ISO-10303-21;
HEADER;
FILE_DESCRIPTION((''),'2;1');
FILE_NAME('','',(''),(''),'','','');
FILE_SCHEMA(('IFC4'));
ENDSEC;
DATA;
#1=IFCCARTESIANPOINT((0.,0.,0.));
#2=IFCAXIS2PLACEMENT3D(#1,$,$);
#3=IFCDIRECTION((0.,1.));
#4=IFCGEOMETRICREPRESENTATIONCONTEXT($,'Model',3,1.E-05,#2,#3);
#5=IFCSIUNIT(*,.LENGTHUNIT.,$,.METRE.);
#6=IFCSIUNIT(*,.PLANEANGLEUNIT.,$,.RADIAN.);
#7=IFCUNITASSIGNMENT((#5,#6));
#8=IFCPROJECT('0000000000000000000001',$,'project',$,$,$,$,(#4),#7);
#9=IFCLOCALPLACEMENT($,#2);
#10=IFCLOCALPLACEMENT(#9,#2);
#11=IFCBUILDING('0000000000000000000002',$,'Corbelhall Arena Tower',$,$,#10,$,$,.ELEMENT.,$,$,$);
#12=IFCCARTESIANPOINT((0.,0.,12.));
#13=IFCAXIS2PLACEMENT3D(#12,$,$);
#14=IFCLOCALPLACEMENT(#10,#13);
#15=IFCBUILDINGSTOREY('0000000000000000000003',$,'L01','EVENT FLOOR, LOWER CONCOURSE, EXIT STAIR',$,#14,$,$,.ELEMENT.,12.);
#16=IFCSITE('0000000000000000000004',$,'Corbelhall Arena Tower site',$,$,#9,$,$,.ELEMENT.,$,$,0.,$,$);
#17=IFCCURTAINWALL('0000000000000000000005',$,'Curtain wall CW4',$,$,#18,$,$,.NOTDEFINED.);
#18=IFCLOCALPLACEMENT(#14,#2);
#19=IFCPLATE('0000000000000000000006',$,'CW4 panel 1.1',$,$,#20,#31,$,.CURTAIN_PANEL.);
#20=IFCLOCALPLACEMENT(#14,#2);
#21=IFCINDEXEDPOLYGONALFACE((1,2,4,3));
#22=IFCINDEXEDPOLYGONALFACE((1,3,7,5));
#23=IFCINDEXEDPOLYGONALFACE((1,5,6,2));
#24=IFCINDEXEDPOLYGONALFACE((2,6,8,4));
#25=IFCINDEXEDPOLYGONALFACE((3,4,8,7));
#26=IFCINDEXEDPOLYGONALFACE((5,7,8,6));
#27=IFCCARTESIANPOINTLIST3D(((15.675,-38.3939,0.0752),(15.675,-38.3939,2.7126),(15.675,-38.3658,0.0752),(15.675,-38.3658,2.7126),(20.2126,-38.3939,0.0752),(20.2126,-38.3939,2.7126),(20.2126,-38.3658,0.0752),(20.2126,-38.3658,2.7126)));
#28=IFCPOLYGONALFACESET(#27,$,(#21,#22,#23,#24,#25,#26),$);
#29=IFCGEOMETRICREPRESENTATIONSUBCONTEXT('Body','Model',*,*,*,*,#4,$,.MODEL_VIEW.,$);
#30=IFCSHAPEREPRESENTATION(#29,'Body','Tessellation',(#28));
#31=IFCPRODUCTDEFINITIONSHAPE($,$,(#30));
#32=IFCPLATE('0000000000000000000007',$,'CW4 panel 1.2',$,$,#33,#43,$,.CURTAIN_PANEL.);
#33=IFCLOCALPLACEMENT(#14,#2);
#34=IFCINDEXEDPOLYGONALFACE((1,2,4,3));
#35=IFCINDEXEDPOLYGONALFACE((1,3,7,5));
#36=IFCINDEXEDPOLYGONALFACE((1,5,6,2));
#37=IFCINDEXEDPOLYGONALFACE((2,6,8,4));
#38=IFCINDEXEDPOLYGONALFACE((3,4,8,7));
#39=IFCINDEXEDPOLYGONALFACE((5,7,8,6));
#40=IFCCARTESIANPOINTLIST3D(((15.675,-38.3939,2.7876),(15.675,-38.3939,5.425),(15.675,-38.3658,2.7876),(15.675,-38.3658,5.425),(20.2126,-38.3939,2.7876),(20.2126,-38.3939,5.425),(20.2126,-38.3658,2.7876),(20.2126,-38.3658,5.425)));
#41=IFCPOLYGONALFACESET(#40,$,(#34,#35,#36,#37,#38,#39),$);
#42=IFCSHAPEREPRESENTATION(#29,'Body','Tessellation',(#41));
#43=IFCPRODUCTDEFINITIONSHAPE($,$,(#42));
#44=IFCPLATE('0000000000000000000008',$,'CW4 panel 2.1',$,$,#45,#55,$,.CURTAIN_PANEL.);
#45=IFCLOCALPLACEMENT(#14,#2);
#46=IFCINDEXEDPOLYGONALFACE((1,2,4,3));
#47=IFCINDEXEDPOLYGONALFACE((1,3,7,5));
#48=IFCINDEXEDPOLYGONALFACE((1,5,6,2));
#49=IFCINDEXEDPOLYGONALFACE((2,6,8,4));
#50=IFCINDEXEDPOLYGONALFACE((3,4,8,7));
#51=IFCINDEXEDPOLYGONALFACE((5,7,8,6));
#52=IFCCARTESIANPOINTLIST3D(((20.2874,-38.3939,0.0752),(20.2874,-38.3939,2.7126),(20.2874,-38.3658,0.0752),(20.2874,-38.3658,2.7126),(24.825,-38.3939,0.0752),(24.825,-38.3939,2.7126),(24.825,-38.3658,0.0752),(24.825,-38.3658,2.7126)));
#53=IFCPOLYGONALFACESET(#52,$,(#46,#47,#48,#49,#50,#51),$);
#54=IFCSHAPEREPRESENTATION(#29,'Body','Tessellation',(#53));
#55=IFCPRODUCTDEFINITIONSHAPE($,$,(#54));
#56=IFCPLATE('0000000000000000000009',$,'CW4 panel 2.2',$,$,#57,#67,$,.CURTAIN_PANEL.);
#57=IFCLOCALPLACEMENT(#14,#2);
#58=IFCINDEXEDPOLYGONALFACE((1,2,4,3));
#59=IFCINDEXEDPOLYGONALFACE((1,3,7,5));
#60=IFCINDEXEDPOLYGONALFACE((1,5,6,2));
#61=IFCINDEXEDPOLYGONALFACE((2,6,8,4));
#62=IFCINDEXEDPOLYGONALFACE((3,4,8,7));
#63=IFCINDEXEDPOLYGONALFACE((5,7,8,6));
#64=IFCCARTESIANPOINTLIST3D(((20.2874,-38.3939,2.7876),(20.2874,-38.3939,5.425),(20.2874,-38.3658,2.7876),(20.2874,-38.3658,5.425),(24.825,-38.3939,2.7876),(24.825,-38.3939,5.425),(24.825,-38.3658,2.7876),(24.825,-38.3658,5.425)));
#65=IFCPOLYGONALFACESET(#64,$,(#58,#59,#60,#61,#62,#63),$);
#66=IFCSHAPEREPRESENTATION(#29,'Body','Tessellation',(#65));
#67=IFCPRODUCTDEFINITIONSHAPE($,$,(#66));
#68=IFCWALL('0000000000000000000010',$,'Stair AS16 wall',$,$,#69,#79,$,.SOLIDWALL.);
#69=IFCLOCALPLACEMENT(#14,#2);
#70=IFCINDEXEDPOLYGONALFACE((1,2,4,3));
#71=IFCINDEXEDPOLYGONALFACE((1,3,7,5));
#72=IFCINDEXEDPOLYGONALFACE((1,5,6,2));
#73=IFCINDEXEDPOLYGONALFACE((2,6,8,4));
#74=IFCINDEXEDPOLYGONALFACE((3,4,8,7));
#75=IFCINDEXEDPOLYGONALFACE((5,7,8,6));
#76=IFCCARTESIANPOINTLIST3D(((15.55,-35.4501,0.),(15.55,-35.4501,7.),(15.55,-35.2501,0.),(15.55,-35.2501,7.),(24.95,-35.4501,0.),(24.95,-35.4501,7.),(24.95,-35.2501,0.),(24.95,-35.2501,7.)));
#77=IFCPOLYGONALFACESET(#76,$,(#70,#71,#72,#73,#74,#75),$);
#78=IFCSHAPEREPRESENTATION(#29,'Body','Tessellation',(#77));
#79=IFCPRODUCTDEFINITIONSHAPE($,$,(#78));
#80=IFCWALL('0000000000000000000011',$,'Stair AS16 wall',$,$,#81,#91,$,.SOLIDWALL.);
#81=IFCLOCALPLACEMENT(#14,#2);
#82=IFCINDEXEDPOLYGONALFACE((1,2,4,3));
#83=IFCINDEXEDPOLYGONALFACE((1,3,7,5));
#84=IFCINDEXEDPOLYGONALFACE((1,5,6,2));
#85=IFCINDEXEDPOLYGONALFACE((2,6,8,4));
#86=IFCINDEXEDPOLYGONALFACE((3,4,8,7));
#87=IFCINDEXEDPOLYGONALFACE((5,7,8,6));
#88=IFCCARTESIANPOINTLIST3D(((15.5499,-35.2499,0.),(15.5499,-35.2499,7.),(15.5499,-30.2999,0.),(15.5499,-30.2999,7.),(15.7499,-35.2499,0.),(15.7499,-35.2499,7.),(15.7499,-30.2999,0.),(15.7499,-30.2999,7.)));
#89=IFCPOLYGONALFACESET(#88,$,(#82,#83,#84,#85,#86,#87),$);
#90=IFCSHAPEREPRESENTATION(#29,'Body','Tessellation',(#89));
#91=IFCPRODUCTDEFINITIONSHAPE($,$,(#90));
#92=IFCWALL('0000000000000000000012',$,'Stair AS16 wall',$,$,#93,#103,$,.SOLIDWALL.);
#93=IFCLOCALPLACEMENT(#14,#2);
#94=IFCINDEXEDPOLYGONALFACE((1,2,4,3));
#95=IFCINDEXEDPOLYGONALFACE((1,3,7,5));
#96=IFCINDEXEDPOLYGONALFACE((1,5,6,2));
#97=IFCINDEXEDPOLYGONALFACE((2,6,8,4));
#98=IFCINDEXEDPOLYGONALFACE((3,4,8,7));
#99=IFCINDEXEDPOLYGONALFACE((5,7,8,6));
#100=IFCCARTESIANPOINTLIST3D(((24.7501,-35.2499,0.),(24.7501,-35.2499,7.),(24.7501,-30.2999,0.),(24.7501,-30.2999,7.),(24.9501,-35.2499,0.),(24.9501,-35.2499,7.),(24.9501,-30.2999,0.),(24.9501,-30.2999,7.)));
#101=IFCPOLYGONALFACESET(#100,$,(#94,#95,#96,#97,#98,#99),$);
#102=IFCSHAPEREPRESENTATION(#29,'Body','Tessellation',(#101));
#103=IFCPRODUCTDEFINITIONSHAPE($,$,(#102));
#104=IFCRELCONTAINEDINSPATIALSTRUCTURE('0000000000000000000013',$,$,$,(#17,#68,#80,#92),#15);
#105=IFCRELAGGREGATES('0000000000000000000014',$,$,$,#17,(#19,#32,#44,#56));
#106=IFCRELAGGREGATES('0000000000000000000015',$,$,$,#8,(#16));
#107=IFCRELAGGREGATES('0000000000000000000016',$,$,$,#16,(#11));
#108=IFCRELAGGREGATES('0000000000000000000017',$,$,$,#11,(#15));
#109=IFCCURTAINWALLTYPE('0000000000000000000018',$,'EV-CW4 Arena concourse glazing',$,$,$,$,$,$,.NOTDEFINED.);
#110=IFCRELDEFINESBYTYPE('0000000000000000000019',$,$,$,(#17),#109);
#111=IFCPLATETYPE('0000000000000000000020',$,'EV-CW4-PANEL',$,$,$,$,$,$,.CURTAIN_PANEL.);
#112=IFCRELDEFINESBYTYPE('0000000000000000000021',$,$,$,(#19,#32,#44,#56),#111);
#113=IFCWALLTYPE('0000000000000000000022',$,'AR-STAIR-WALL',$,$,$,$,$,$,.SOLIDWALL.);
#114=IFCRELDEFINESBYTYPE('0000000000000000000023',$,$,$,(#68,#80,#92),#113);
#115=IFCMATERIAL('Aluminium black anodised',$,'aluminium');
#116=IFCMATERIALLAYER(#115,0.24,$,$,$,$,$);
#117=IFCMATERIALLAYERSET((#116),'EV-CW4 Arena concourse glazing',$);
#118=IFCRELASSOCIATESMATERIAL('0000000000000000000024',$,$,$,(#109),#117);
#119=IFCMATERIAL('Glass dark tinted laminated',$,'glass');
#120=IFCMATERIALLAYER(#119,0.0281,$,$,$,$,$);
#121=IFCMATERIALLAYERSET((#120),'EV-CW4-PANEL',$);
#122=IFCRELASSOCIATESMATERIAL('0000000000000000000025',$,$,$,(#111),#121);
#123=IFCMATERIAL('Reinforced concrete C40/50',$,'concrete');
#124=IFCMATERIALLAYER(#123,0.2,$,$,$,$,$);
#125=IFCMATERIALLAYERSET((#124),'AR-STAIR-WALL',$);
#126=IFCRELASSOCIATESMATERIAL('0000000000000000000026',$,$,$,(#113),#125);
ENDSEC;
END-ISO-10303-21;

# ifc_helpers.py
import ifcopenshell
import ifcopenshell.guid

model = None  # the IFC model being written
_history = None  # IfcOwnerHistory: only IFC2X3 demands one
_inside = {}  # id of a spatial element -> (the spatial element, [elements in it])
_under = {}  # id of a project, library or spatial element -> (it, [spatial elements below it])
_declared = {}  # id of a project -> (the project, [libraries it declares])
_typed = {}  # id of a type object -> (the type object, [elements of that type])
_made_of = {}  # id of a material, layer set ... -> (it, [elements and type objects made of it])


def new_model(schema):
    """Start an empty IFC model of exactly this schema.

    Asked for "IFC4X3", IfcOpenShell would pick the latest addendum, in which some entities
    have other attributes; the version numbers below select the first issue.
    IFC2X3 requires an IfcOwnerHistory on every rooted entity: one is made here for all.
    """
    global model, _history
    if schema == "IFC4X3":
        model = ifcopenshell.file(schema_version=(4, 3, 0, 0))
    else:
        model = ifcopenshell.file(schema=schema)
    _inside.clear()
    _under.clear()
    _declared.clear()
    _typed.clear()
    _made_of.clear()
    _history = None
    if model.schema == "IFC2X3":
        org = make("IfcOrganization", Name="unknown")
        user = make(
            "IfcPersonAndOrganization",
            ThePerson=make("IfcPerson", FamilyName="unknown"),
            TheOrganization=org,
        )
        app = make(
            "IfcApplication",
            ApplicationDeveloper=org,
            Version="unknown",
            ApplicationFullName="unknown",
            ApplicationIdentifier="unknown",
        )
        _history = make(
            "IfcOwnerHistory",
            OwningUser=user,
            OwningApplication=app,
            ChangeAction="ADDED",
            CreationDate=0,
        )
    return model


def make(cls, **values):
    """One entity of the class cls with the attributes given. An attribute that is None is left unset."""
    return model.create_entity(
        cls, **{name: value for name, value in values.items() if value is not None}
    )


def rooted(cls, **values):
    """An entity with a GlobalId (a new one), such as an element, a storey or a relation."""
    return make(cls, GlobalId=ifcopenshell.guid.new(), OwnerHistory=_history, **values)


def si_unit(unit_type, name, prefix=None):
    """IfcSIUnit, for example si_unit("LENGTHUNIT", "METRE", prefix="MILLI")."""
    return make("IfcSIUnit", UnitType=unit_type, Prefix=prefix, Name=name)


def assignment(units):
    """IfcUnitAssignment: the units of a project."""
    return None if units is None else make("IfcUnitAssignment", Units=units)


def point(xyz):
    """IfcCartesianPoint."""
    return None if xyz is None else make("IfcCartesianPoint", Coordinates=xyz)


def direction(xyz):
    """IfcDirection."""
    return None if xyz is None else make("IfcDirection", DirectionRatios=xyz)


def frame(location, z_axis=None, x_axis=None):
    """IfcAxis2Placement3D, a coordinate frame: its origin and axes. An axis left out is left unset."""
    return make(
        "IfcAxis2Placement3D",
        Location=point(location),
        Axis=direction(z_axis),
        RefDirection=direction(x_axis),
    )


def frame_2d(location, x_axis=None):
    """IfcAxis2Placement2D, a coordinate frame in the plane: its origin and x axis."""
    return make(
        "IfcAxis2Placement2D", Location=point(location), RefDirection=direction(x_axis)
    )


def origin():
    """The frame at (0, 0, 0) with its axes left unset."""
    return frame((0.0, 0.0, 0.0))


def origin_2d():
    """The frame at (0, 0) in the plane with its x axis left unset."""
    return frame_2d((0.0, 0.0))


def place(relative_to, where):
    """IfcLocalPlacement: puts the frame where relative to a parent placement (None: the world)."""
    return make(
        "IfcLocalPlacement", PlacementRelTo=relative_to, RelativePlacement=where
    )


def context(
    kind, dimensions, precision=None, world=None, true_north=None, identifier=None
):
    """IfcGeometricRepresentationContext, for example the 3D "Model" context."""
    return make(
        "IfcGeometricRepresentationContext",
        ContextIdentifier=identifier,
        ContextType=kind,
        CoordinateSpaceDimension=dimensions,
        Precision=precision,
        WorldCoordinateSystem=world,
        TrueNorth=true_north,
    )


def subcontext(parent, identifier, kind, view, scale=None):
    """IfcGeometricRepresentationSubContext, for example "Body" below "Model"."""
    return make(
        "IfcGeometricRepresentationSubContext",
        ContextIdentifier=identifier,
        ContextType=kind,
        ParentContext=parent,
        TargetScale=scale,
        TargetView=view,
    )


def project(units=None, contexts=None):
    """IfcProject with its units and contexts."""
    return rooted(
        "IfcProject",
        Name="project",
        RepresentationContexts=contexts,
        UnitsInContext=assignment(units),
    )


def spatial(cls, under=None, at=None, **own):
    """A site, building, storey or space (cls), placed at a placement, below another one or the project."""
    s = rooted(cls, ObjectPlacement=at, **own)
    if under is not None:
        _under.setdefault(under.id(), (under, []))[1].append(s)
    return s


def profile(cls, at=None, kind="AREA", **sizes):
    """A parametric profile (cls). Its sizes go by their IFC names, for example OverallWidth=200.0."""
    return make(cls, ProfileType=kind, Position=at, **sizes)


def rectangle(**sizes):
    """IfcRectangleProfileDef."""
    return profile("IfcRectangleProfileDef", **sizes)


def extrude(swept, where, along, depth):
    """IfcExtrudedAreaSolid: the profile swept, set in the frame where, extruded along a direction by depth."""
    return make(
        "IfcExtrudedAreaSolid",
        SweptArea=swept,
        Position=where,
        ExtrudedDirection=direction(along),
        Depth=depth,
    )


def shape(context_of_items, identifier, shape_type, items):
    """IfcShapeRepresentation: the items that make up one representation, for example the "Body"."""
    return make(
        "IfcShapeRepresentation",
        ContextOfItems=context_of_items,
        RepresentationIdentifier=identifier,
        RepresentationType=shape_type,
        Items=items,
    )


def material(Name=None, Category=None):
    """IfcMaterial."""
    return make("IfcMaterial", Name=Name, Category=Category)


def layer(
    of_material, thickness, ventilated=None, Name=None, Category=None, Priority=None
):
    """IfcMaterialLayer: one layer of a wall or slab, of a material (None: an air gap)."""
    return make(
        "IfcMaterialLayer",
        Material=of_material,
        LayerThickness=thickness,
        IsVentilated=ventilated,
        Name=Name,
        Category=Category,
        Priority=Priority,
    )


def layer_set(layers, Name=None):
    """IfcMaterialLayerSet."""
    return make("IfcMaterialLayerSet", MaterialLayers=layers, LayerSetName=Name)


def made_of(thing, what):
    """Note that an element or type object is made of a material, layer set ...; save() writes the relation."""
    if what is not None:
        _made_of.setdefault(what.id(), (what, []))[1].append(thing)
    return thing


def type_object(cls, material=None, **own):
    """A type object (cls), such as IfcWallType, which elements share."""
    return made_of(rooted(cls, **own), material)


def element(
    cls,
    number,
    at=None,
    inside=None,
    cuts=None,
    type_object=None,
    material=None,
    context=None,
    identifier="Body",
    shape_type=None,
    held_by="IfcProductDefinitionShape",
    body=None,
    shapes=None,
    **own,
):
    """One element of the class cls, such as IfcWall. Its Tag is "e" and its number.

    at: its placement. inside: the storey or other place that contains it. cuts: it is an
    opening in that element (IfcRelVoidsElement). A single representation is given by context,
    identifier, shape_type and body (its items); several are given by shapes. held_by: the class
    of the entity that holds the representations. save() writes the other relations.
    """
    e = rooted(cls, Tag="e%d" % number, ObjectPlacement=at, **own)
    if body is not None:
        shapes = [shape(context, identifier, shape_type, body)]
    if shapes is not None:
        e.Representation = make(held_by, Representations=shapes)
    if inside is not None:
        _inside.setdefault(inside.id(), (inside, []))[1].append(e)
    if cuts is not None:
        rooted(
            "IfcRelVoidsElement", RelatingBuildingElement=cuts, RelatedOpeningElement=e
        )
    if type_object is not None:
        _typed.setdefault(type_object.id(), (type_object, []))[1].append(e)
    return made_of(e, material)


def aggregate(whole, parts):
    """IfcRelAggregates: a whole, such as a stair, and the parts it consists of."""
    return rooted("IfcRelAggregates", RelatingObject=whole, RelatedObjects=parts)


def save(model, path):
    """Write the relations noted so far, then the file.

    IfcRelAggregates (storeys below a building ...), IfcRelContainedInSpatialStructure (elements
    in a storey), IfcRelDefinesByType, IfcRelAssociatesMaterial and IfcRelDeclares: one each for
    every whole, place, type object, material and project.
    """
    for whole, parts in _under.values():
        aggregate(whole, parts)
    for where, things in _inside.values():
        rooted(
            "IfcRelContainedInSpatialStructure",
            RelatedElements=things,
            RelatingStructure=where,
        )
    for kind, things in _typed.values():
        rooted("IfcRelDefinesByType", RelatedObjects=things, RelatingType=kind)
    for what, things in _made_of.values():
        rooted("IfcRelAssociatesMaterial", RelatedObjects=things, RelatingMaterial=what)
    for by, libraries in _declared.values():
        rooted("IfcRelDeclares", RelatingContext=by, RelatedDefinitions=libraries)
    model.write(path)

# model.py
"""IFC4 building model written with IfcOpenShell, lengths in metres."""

from ifc_helpers import new_model, si_unit, direction, frame, frame_2d, origin, origin_2d, place, context, subcontext, project, spatial, rectangle, extrude, material, layer, layer_set, type_object, element, aggregate, save


model = new_model("IFC4")

# Units and contexts
model_context = context("Model", 3, precision=1e-05, world=origin(), true_north=direction((0.0, 1.0)))
body_context = subcontext(model_context, "Body", "Model", "MODEL_VIEW")
ifc_project = project(units=[si_unit("LENGTHUNIT", "METRE"), si_unit("PLANEANGLEUNIT", "RADIAN")], contexts=[model_context])

# Site, building, storey
site_placement = place(None, origin())
site = spatial("IfcSite", under=ifc_project, at=site_placement, Name="Corbelhall Arena Tower site", CompositionType="ELEMENT", RefElevation=0.0)
building_placement = place(site_placement, origin())
building = spatial("IfcBuilding", under=site, at=building_placement, Name="Corbelhall Arena Tower", CompositionType="ELEMENT")
storey_placement = place(building_placement, frame((0.0, 0.0, 12.0)))
storey = spatial("IfcBuildingStorey", under=building, at=storey_placement, Name="L01", Description="EVENT FLOOR, LOWER CONCOURSE, EXIT STAIR", CompositionType="ELEMENT", Elevation=12.0)

# Curtain wall
ifc_material_1 = material(Name="Aluminium black anodised", Category="aluminium")
ifc_layer_1 = layer(ifc_material_1, 0.24)
ifc_layer_set_1 = layer_set([ifc_layer_1], Name="EV-CW4 Arena concourse glazing")
curtain_wall_type = type_object("IfcCurtainWallType", Name="EV-CW4 Arena concourse glazing", PredefinedType="NOTDEFINED", material=ifc_layer_set_1)
curtain_wall_placement = place(storey_placement, origin())
curtain_wall = element("IfcCurtainWall", 1, at=curtain_wall_placement, inside=storey, type_object=curtain_wall_type, Name="Curtain wall CW4", PredefinedType="NOTDEFINED")

# Plates
ifc_material_2 = material(Name="Glass dark tinted laminated", Category="glass")
ifc_layer_2 = layer(ifc_material_2, 0.0281)
ifc_layer_set_2 = layer_set([ifc_layer_2], Name="EV-CW4-PANEL")
plate_type = type_object("IfcPlateType", Name="EV-CW4-PANEL", PredefinedType="CURTAIN_PANEL", material=ifc_layer_set_2)
plate_1_placement = place(storey_placement, frame((17.9438, -38.3799, 0.0752), z_axis=(0.0, 0.0, 1.0), x_axis=(1.0, 0.0, 0.0)))
plate_1 = element("IfcPlate", 2, at=plate_1_placement, type_object=plate_type, Name="CW4 panel 1.1", PredefinedType="CURTAIN_PANEL", context=body_context, shape_type="SweptSolid", body=[
    extrude(rectangle(XDim=4.5376, YDim=0.0281, at=origin_2d()), origin(), (0.0, 0.0, 1.0), 2.6375),
])
plate_2_placement = place(storey_placement, frame((17.9438, -38.3799, 2.7876), z_axis=(0.0, 0.0, 1.0), x_axis=(1.0, 0.0, 0.0)))
plate_2 = element("IfcPlate", 3, at=plate_2_placement, type_object=plate_type, Name="CW4 panel 1.2", PredefinedType="CURTAIN_PANEL", context=body_context, shape_type="SweptSolid", body=[
    extrude(rectangle(XDim=4.5376, YDim=0.0281, at=origin_2d()), origin(), (0.0, 0.0, 1.0), 2.6375),
])
plate_3_placement = place(storey_placement, frame((22.5562, -38.3799, 0.0752), z_axis=(0.0, 0.0, 1.0), x_axis=(1.0, 0.0, 0.0)))
plate_3 = element("IfcPlate", 4, at=plate_3_placement, type_object=plate_type, Name="CW4 panel 2.1", PredefinedType="CURTAIN_PANEL", context=body_context, shape_type="SweptSolid", body=[
    extrude(rectangle(XDim=4.5376, YDim=0.0281, at=origin_2d()), origin(), (0.0, 0.0, 1.0), 2.6375),
])
plate_4_placement = place(storey_placement, frame((22.5562, -38.3799, 2.7876), z_axis=(0.0, 0.0, 1.0), x_axis=(1.0, 0.0, 0.0)))
plate_4 = element("IfcPlate", 5, at=plate_4_placement, type_object=plate_type, Name="CW4 panel 2.2", PredefinedType="CURTAIN_PANEL", context=body_context, shape_type="SweptSolid", body=[
    extrude(rectangle(XDim=4.5376, YDim=0.0281, at=origin_2d()), origin(), (0.0, 0.0, 1.0), 2.6375),
])
aggregate(curtain_wall, [plate_1, plate_2, plate_3, plate_4])

# Walls
ifc_material_3 = material(Name="Reinforced concrete C40/50", Category="concrete")
ifc_layer_3 = layer(ifc_material_3, 0.2)
ifc_layer_set_3 = layer_set([ifc_layer_3], Name="AR-STAIR-WALL")
wall_type = type_object("IfcWallType", Name="AR-STAIR-WALL", PredefinedType="SOLIDWALL", material=ifc_layer_set_3)
wall_placement = place(storey_placement, frame((15.55, -35.3501, 0.0), z_axis=(0.0, 0.0, 1.0), x_axis=(1.0, 0.0, 0.0)))
element("IfcWall", 6, at=wall_placement, inside=storey, type_object=wall_type, Name="Stair AS16 wall", PredefinedType="SOLIDWALL", context=body_context, shape_type="SweptSolid", body=[
    extrude(rectangle(XDim=9.3999, YDim=0.2, at=frame_2d((4.7, 0.0))), origin(), (0.0, 0.0, 1.0), 7.0),
])
for number, where, z_axis, x_axis, name in (
    (7, (15.6499, -35.25, 0.0), (0.0, 0.0, 1.0), (0.0, 1.0, 0.0), "Stair AS16 wall"),
    (8, (24.8501, -35.25, 0.0), (0.0, 0.0, 1.0), (0.0, 1.0, 0.0), "Stair AS16 wall"),
):
    element("IfcWall", number, at=place(storey_placement, frame(where, z_axis=z_axis, x_axis=x_axis)), inside=storey, type_object=wall_type, Name=name, PredefinedType="SOLIDWALL", context=body_context, shape_type="SweptSolid", body=[
        extrude(rectangle(XDim=4.95, YDim=0.2, at=frame_2d((2.4751, 0.0))), origin(), (0.0, 0.0, 1.0), 7.0),
    ])

save(model, "model.ifc")
